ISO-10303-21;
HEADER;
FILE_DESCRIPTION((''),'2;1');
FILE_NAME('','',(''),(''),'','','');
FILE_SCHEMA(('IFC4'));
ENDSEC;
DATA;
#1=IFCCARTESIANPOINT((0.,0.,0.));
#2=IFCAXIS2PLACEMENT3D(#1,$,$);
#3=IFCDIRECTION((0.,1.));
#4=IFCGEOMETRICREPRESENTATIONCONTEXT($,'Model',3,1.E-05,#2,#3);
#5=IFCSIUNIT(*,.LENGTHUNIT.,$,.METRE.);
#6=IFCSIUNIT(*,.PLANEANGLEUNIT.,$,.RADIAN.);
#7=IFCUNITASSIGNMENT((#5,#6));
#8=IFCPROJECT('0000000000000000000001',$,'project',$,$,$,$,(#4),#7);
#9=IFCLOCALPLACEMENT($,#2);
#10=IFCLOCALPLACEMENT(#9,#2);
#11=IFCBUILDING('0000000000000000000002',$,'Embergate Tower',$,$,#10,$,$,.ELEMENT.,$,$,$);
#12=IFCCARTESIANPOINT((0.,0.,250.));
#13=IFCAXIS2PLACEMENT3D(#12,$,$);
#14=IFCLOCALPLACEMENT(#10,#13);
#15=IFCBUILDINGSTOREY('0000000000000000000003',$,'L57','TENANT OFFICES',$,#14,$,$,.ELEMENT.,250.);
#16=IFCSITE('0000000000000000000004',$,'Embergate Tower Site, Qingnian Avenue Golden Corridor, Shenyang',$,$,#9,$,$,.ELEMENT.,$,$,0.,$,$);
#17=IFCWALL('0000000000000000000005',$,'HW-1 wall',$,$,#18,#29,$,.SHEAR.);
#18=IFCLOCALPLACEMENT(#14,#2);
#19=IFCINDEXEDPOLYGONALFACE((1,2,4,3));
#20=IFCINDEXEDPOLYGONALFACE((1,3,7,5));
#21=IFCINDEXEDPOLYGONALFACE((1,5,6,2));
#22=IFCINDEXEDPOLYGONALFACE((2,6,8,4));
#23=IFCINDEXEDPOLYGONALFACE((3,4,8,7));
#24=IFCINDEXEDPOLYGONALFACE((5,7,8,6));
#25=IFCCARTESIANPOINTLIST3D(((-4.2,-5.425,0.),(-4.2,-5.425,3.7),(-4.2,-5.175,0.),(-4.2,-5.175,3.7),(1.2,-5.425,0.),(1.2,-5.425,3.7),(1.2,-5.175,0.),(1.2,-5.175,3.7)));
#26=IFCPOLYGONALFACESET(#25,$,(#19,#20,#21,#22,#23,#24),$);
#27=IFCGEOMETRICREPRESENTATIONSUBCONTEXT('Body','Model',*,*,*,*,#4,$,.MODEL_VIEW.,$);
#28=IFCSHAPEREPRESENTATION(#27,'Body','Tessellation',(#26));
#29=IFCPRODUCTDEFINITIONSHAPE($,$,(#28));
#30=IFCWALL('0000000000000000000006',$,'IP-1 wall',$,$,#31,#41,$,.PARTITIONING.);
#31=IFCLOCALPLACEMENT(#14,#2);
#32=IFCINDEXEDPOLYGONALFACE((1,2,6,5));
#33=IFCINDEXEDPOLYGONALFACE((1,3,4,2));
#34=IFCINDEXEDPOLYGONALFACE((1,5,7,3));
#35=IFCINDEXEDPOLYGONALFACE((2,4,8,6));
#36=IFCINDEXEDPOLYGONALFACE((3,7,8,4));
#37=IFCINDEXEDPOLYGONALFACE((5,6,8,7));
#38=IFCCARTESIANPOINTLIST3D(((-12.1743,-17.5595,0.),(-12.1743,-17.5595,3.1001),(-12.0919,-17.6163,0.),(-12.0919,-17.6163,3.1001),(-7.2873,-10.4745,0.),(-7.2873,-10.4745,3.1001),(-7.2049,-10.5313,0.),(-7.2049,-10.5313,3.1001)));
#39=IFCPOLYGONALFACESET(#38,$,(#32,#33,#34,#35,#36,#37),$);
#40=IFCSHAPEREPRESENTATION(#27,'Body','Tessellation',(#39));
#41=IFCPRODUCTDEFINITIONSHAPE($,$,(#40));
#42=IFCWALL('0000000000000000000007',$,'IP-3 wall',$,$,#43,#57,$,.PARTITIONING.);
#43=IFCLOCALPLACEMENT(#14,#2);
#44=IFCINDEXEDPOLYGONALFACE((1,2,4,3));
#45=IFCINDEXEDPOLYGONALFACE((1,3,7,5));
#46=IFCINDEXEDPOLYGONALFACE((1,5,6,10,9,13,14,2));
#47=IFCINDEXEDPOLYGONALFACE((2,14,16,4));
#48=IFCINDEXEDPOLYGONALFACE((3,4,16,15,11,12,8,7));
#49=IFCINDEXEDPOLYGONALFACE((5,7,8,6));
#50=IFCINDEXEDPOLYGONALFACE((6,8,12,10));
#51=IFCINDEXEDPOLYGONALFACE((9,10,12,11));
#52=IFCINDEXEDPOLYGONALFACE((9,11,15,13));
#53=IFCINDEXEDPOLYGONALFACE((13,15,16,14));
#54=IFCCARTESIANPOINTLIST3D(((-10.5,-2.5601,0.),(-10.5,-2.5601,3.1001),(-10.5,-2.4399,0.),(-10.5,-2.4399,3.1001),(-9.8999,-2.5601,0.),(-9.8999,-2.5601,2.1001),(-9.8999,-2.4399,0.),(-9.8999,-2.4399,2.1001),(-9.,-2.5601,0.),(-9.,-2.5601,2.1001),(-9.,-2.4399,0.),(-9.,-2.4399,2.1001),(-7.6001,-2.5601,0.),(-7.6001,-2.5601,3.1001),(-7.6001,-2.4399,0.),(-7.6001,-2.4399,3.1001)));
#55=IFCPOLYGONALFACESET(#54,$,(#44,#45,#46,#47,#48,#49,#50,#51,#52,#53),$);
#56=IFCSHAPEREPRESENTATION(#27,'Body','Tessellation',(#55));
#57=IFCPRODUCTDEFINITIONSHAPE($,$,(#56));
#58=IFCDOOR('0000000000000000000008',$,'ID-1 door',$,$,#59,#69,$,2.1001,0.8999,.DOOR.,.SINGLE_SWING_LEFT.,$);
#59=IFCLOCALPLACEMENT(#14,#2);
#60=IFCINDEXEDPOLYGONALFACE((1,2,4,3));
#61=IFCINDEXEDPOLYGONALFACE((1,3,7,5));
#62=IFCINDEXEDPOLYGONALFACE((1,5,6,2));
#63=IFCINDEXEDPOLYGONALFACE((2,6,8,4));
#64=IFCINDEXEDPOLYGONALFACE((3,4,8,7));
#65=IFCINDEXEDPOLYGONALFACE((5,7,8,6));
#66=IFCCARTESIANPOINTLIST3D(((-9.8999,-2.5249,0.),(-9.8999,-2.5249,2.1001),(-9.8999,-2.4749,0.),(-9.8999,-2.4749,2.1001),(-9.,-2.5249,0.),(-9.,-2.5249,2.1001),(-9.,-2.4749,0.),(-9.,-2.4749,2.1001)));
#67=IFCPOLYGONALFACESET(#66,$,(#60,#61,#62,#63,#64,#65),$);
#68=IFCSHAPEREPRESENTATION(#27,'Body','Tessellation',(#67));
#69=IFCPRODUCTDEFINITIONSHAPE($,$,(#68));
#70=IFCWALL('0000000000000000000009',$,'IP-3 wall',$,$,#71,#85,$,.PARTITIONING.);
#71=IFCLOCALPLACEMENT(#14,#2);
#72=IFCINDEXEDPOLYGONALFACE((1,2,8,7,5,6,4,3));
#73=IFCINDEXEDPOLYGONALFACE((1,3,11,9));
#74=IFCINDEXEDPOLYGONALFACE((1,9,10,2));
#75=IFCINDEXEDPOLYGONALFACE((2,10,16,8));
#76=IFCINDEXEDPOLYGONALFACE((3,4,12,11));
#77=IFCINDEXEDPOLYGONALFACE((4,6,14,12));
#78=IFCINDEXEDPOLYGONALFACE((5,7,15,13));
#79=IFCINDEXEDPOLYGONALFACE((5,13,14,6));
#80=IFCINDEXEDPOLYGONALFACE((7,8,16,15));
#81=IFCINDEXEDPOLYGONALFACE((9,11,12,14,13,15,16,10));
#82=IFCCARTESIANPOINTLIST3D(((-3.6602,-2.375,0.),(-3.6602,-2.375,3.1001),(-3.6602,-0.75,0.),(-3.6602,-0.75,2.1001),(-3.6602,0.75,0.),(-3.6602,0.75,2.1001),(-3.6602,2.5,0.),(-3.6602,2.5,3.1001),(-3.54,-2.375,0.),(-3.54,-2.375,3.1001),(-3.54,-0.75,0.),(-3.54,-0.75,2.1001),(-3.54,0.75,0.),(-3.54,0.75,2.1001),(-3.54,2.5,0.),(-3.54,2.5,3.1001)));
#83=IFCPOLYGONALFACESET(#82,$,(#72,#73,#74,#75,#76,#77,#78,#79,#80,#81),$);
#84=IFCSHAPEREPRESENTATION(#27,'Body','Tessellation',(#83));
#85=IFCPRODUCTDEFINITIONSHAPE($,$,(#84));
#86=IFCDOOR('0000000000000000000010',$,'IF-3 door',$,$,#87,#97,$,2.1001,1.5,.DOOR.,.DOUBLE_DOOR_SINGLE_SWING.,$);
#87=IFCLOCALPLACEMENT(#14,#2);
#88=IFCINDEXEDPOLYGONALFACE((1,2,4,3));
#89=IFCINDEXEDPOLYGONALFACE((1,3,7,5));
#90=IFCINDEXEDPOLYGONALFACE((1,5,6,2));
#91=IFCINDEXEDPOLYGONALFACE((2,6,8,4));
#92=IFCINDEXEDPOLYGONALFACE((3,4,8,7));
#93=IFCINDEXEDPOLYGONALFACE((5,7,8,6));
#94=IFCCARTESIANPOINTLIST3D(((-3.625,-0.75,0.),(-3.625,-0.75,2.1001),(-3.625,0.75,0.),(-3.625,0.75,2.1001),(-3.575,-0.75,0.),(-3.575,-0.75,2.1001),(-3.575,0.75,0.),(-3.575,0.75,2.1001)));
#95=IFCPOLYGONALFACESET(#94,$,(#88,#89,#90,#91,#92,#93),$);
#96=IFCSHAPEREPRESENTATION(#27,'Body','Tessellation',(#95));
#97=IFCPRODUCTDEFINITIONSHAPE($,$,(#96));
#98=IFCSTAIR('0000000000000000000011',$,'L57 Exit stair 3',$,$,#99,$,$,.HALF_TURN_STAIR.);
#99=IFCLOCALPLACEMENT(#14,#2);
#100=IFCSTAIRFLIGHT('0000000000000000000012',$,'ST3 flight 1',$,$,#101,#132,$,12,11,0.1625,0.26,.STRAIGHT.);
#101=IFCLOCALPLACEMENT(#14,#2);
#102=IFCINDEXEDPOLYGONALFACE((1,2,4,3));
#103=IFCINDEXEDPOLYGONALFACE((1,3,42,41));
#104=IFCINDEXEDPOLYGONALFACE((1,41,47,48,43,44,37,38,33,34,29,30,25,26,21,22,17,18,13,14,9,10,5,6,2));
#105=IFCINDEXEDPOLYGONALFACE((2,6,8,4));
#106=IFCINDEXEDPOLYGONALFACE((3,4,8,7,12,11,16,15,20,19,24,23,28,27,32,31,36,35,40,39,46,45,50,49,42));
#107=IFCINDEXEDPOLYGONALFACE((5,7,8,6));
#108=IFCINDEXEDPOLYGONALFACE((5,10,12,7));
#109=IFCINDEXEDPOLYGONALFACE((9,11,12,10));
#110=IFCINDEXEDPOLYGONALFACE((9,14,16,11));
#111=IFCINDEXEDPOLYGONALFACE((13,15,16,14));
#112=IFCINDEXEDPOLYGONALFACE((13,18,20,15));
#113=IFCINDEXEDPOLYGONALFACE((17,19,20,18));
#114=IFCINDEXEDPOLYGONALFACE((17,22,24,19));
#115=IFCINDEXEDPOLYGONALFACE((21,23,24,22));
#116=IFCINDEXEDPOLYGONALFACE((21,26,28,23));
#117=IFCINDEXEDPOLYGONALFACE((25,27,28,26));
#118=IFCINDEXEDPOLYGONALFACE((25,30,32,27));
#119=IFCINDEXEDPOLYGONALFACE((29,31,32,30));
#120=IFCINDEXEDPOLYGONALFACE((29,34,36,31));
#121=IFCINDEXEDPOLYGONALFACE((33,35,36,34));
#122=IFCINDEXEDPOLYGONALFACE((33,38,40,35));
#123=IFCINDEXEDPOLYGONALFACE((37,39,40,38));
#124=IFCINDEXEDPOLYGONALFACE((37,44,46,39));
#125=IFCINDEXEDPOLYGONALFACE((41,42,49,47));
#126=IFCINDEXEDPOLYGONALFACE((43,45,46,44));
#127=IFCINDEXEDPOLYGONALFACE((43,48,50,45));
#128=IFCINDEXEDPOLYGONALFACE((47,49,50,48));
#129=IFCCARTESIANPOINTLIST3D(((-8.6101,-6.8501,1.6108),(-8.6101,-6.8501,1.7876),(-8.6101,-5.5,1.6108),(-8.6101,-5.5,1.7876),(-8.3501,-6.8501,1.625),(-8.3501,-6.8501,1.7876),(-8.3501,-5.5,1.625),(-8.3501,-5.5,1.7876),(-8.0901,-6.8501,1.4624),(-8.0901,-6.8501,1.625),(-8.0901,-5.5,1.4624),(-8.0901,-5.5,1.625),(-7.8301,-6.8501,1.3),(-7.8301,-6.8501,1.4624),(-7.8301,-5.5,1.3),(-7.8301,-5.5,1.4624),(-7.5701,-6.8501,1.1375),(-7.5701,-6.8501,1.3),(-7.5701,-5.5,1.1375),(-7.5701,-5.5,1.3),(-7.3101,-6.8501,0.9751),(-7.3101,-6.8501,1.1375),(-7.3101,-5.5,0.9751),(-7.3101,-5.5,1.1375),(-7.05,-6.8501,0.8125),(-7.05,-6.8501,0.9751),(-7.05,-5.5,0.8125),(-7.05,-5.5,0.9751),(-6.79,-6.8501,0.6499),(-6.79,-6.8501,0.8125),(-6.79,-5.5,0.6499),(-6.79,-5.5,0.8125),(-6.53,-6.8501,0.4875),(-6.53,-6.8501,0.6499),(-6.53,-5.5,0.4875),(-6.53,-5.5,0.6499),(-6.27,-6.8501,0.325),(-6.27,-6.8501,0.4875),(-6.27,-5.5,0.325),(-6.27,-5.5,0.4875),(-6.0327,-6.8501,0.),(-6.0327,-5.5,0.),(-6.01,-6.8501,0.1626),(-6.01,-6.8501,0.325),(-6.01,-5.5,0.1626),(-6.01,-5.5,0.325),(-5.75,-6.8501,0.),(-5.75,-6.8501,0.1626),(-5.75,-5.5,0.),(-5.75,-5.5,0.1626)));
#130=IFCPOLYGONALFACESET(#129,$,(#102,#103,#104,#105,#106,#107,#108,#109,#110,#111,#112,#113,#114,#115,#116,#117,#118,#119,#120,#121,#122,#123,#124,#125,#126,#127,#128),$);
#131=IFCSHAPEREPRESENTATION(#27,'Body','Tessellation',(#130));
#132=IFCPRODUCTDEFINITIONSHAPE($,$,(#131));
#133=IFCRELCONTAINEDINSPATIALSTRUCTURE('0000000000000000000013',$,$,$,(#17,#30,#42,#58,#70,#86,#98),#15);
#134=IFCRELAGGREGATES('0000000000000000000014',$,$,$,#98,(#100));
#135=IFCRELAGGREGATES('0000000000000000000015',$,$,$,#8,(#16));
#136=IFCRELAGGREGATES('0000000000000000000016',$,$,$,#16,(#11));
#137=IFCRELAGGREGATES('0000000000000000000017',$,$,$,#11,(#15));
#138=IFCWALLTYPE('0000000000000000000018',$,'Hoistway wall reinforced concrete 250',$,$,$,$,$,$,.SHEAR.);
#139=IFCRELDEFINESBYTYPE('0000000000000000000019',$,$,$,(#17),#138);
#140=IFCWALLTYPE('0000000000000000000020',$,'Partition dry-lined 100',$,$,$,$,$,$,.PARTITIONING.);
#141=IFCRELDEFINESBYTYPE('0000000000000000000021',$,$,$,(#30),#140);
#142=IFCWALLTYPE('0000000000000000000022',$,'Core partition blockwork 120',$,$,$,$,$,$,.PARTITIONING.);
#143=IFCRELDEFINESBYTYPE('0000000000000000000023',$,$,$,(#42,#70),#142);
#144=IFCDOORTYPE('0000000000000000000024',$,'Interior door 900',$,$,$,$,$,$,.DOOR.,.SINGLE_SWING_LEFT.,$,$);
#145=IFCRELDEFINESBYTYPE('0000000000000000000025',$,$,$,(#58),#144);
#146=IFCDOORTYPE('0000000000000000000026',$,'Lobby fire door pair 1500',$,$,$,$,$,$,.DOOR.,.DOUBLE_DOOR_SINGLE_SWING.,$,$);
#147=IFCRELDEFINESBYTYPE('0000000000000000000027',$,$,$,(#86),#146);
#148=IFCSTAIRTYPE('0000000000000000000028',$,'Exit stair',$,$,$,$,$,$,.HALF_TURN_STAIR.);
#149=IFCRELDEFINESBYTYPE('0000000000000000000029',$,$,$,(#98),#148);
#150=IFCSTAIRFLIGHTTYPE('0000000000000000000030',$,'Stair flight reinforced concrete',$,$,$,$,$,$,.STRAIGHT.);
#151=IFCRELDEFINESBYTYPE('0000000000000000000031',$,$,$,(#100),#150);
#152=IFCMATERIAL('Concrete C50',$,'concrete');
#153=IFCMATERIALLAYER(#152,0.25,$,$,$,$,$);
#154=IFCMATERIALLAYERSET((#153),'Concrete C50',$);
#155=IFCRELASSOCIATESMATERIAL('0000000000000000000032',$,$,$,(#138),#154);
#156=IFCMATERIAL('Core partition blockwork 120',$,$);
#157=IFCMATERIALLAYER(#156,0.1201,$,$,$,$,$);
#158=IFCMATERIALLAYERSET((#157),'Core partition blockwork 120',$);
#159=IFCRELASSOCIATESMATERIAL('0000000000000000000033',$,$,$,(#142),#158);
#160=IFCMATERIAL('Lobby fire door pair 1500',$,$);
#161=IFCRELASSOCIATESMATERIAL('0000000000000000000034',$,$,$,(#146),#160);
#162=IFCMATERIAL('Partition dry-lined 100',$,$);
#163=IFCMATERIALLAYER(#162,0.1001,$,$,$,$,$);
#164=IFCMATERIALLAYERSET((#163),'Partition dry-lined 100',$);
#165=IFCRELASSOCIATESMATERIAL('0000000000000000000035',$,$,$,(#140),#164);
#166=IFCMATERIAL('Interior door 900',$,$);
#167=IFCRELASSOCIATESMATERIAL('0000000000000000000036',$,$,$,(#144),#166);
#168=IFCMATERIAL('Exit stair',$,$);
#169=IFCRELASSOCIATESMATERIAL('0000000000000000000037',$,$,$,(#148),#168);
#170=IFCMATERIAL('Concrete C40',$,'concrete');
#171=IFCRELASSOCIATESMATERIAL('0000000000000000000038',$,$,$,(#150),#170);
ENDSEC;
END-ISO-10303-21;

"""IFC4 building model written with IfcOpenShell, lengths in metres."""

from ifc_helpers import new_model, si_unit, direction, frame, frame_2d, origin, place, context, subcontext, project, spatial, polyline, rectangle, outline, extrude, source, transform, mapped, material, layer, layer_set, type_object, element, fill, aggregate, save


model = new_model("IFC4")

# Units and contexts
model_context = context("Model", 3, precision=1e-05, world=origin(), true_north=direction((0.0, 1.0)))
body_context = subcontext(model_context, "Body", "Model", "MODEL_VIEW")
ifc_project = project(units=[si_unit("LENGTHUNIT", "METRE"), si_unit("PLANEANGLEUNIT", "RADIAN")], contexts=[model_context])

# Site, building, storey
site_placement = place(None, origin())
site = spatial("IfcSite", under=ifc_project, at=site_placement, Name="Embergate Tower Site, Qingnian Avenue Golden Corridor, Shenyang", CompositionType="ELEMENT", RefElevation=0.0)
building_placement = place(site_placement, origin())
building = spatial("IfcBuilding", under=site, at=building_placement, Name="Embergate Tower", CompositionType="ELEMENT")
storey_placement = place(building_placement, frame((0.0, 0.0, 250.0)))
storey = spatial("IfcBuildingStorey", under=building, at=storey_placement, Name="L57", Description="TENANT OFFICES", CompositionType="ELEMENT", Elevation=250.0)

# Shared definitions
ifc_material_1 = material(Name="Concrete C50", Category="concrete")
ifc_layer_1 = layer(ifc_material_1, 0.25)
ifc_layer_set_1 = layer_set([ifc_layer_1], Name="Concrete C50")
wall_type_1 = type_object("IfcWallType", Name="Hoistway wall reinforced concrete 250", PredefinedType="SHEAR", material=ifc_layer_set_1)

# Shared definitions
ifc_material_2 = material(Name="Core partition blockwork 120")
ifc_layer_2 = layer(ifc_material_2, 0.1201)
ifc_layer_set_2 = layer_set([ifc_layer_2], Name="Core partition blockwork 120")
wall_type_2 = type_object("IfcWallType", Name="Core partition blockwork 120", PredefinedType="PARTITIONING", material=ifc_layer_set_2)
shared_shape_1 = source(origin(), body_context, "Body", "SweptSolid", [
    extrude(rectangle(XDim=1.5, YDim=2.1001, at=frame_2d((0.75, 1.05))), frame((0.0, 0.0701, 0.0), z_axis=(0.0, -1.0, 0.0), x_axis=(1.0, 0.0, 0.0)), (0.0, 0.0, 1.0), 0.1401),
])
ifc_material_3 = material(Name="Lobby fire door pair 1500")
door_type_1 = type_object("IfcDoorType", Name="Lobby fire door pair 1500", OperationType="DOUBLE_DOOR_SINGLE_SWING", PredefinedType="DOOR", material=ifc_material_3)
shared_shape_2 = source(origin(), body_context, "Body", "SweptSolid", [
    extrude(rectangle(XDim=1.5, YDim=2.1001, at=frame_2d((0.75, 1.05))), frame((0.0, 0.0249, 0.0), z_axis=(0.0, -1.0, 0.0), x_axis=(1.0, 0.0, 0.0)), (0.0, 0.0, 1.0), 0.05),
])

# Walls
ifc_material_4 = material(Name="Partition dry-lined 100")
ifc_layer_3 = layer(ifc_material_4, 0.1001)
ifc_layer_set_3 = layer_set([ifc_layer_3], Name="Partition dry-lined 100")
wall_type_3 = type_object("IfcWallType", Name="Partition dry-lined 100", PredefinedType="PARTITIONING", material=ifc_layer_set_3)
shared_shape_3 = source(origin(), body_context, "Body", "SweptSolid", [
    extrude(rectangle(XDim=5.3999, YDim=0.25, at=frame_2d((2.7, 0.0))), origin(), (0.0, 0.0, 1.0), 3.7),
])
wall_1_placement = place(storey_placement, frame((-4.2, -5.3, 0.0), z_axis=(0.0, 0.0, 1.0), x_axis=(1.0, 0.0, 0.0)))
element("IfcWall", 1, at=wall_1_placement, inside=storey, type_object=wall_type_1, Name="HW-1 wall", PredefinedType="SHEAR", context=body_context, shape_type="MappedRepresentation", body=[
    mapped(shared_shape_3, transform((0.0, 0.0, 0.0))),
])
shared_shape_4 = source(origin(), body_context, "Body", "SweptSolid", [
    extrude(rectangle(XDim=8.6069, YDim=0.1001, at=frame_2d((4.3035, 0.0))), origin(), (0.0, 0.0, 1.0), 3.1001),
])
wall_2_placement = place(storey_placement, frame((-7.2461, -10.5029, 0.0), z_axis=(0.0, 0.0, 1.0), x_axis=(-0.567795, -0.82317, 0.0)))
element("IfcWall", 2, at=wall_2_placement, inside=storey, type_object=wall_type_3, Name="IP-1 wall", PredefinedType="PARTITIONING", context=body_context, shape_type="MappedRepresentation", body=[
    mapped(shared_shape_4, transform((0.0, 0.0, 0.0))),
])

# Walls, openings, doors
shared_shape_5 = source(origin(), body_context, "Body", "SweptSolid", [
    extrude(rectangle(XDim=2.8999, YDim=0.1201, at=frame_2d((1.45, 0.0))), origin(), (0.0, 0.0, 1.0), 3.1001),
])
wall_3_placement = place(storey_placement, frame((-7.6001, -2.5, 0.0), z_axis=(0.0, 0.0, 1.0), x_axis=(-1.0, 0.0, 0.0)))
wall_3 = element("IfcWall", 3, at=wall_3_placement, inside=storey, type_object=wall_type_2, Name="IP-3 wall", PredefinedType="PARTITIONING", context=body_context, shape_type="MappedRepresentation", body=[
    mapped(shared_shape_5, transform((0.0, 0.0, 0.0))),
])
shared_shape_6 = source(origin(), body_context, "Body", "SweptSolid", [
    extrude(rectangle(XDim=0.8999, YDim=2.1001, at=frame_2d((0.45, 1.05))), frame((0.0, 0.0701, 0.0), z_axis=(0.0, -1.0, 0.0), x_axis=(1.0, 0.0, 0.0)), (0.0, 0.0, 1.0), 0.1401),
])
opening_1_placement = place(wall_3_placement, frame((1.3999, 0.0, 0.0)))
opening_1 = element("IfcOpeningElement", 4, at=opening_1_placement, cuts=wall_3, PredefinedType="OPENING", context=body_context, shape_type="MappedRepresentation", body=[
    mapped(shared_shape_6, transform((0.0, 0.0, 0.0))),
])
ifc_material_5 = material(Name="Interior door 900")
door_type_2 = type_object("IfcDoorType", Name="Interior door 900", OperationType="SINGLE_SWING_LEFT", PredefinedType="DOOR", material=ifc_material_5)
shared_shape_7 = source(origin(), body_context, "Body", "SweptSolid", [
    extrude(rectangle(XDim=0.8999, YDim=2.1001, at=frame_2d((0.45, 1.05))), frame((0.0, 0.0249, 0.0), z_axis=(0.0, -1.0, 0.0), x_axis=(1.0, 0.0, 0.0)), (0.0, 0.0, 1.0), 0.05),
])
door_1_placement = place(opening_1_placement, origin())
door_1 = element("IfcDoor", 5, at=door_1_placement, inside=storey, type_object=door_type_2, Name="ID-1 door", OperationType="SINGLE_SWING_LEFT", OverallHeight=2.1001, OverallWidth=0.8999, PredefinedType="DOOR", context=body_context, shape_type="MappedRepresentation", body=[
    mapped(shared_shape_7, transform((0.0, 0.0, 0.0))),
])
fill(opening_1, door_1)
shared_shape_8 = source(origin(), body_context, "Body", "SweptSolid", [
    extrude(rectangle(XDim=4.875, YDim=0.1201, at=frame_2d((2.4375, 0.0))), origin(), (0.0, 0.0, 1.0), 3.1001),
])
wall_4_placement = place(storey_placement, frame((-3.6001, -2.375, 0.0), z_axis=(0.0, 0.0, 1.0), x_axis=(0.0, 1.0, 0.0)))
wall_4 = element("IfcWall", 6, at=wall_4_placement, inside=storey, type_object=wall_type_2, Name="IP-3 wall", PredefinedType="PARTITIONING", context=body_context, shape_type="MappedRepresentation", body=[
    mapped(shared_shape_8, transform((0.0, 0.0, 0.0))),
])
opening_2_placement = place(wall_4_placement, frame((1.625, 0.0, 0.0)))
opening_2 = element("IfcOpeningElement", 7, at=opening_2_placement, cuts=wall_4, PredefinedType="OPENING", context=body_context, shape_type="MappedRepresentation", body=[
    mapped(shared_shape_1, transform((0.0, 0.0, 0.0))),
])
door_2_placement = place(opening_2_placement, origin())
door_2 = element("IfcDoor", 8, at=door_2_placement, inside=storey, type_object=door_type_1, Name="IF-3 door", OperationType="DOUBLE_DOOR_SINGLE_SWING", OverallHeight=2.1001, OverallWidth=1.5, PredefinedType="DOOR", context=body_context, shape_type="MappedRepresentation", body=[
    mapped(shared_shape_2, transform((0.0, 0.0, 0.0))),
])
fill(opening_2, door_2)

# Stair, stair flight
ifc_material_6 = material(Name="Exit stair")
stair_type = type_object("IfcStairType", Name="Exit stair", PredefinedType="HALF_TURN_STAIR", material=ifc_material_6)
stair_placement = place(storey_placement, origin())
stair = element("IfcStair", 9, at=stair_placement, inside=storey, type_object=stair_type, Name="L57 Exit stair 3", PredefinedType="HALF_TURN_STAIR")
ifc_material_7 = material(Name="Concrete C40", Category="concrete")
stair_flight_type = type_object("IfcStairFlightType", Name="Stair flight reinforced concrete", PredefinedType="STRAIGHT", material=ifc_material_7)
shared_shape_9 = source(origin(), body_context, "Body", "SweptSolid", [
    extrude(outline(polyline([(0.0, 0.0), (0.0, 0.1626), (0.26, 0.1626), (0.26, 0.325), (0.52, 0.325), (0.52, 0.4875), (0.78, 0.4875), (0.78, 0.6499), (1.04, 0.6499), (1.04, 0.8125), (1.3, 0.8125), (1.3, 0.9751), (1.5601, 0.9751), (1.5601, 1.1375), (1.8201, 1.1375), (1.8201, 1.3), (2.0801, 1.3), (2.0801, 1.4624), (2.3401, 1.4624), (2.3401, 1.625), (2.6001, 1.625), (2.6001, 1.7876), (2.8601, 1.7876), (2.8601, 1.95), (2.8601, 1.6108), (0.2827, 0.0), (0.0, 0.0)])), frame((0.0, 0.675, 0.0), z_axis=(0.0, -1.0, 0.0), x_axis=(1.0, 0.0, 0.0)), (0.0, 0.0, 1.0), 1.3501),
])
stair_flight_placement = place(storey_placement, frame((-5.75, -6.175, 0.0), z_axis=(0.0, 0.0, 1.0), x_axis=(-1.0, 0.0, 0.0)))
stair_flight = element("IfcStairFlight", 10, at=stair_flight_placement, type_object=stair_flight_type, Name="ST3 flight 1", NumberOfRisers=12, NumberOfTreads=11, PredefinedType="STRAIGHT", RiserHeight=0.1625, TreadLength=0.26, context=body_context, shape_type="MappedRepresentation", body=[
    mapped(shared_shape_9, transform((0.0, 0.0, 0.0))),
])
aggregate(stair, [stair_flight])

save(model, "model.ifc")
